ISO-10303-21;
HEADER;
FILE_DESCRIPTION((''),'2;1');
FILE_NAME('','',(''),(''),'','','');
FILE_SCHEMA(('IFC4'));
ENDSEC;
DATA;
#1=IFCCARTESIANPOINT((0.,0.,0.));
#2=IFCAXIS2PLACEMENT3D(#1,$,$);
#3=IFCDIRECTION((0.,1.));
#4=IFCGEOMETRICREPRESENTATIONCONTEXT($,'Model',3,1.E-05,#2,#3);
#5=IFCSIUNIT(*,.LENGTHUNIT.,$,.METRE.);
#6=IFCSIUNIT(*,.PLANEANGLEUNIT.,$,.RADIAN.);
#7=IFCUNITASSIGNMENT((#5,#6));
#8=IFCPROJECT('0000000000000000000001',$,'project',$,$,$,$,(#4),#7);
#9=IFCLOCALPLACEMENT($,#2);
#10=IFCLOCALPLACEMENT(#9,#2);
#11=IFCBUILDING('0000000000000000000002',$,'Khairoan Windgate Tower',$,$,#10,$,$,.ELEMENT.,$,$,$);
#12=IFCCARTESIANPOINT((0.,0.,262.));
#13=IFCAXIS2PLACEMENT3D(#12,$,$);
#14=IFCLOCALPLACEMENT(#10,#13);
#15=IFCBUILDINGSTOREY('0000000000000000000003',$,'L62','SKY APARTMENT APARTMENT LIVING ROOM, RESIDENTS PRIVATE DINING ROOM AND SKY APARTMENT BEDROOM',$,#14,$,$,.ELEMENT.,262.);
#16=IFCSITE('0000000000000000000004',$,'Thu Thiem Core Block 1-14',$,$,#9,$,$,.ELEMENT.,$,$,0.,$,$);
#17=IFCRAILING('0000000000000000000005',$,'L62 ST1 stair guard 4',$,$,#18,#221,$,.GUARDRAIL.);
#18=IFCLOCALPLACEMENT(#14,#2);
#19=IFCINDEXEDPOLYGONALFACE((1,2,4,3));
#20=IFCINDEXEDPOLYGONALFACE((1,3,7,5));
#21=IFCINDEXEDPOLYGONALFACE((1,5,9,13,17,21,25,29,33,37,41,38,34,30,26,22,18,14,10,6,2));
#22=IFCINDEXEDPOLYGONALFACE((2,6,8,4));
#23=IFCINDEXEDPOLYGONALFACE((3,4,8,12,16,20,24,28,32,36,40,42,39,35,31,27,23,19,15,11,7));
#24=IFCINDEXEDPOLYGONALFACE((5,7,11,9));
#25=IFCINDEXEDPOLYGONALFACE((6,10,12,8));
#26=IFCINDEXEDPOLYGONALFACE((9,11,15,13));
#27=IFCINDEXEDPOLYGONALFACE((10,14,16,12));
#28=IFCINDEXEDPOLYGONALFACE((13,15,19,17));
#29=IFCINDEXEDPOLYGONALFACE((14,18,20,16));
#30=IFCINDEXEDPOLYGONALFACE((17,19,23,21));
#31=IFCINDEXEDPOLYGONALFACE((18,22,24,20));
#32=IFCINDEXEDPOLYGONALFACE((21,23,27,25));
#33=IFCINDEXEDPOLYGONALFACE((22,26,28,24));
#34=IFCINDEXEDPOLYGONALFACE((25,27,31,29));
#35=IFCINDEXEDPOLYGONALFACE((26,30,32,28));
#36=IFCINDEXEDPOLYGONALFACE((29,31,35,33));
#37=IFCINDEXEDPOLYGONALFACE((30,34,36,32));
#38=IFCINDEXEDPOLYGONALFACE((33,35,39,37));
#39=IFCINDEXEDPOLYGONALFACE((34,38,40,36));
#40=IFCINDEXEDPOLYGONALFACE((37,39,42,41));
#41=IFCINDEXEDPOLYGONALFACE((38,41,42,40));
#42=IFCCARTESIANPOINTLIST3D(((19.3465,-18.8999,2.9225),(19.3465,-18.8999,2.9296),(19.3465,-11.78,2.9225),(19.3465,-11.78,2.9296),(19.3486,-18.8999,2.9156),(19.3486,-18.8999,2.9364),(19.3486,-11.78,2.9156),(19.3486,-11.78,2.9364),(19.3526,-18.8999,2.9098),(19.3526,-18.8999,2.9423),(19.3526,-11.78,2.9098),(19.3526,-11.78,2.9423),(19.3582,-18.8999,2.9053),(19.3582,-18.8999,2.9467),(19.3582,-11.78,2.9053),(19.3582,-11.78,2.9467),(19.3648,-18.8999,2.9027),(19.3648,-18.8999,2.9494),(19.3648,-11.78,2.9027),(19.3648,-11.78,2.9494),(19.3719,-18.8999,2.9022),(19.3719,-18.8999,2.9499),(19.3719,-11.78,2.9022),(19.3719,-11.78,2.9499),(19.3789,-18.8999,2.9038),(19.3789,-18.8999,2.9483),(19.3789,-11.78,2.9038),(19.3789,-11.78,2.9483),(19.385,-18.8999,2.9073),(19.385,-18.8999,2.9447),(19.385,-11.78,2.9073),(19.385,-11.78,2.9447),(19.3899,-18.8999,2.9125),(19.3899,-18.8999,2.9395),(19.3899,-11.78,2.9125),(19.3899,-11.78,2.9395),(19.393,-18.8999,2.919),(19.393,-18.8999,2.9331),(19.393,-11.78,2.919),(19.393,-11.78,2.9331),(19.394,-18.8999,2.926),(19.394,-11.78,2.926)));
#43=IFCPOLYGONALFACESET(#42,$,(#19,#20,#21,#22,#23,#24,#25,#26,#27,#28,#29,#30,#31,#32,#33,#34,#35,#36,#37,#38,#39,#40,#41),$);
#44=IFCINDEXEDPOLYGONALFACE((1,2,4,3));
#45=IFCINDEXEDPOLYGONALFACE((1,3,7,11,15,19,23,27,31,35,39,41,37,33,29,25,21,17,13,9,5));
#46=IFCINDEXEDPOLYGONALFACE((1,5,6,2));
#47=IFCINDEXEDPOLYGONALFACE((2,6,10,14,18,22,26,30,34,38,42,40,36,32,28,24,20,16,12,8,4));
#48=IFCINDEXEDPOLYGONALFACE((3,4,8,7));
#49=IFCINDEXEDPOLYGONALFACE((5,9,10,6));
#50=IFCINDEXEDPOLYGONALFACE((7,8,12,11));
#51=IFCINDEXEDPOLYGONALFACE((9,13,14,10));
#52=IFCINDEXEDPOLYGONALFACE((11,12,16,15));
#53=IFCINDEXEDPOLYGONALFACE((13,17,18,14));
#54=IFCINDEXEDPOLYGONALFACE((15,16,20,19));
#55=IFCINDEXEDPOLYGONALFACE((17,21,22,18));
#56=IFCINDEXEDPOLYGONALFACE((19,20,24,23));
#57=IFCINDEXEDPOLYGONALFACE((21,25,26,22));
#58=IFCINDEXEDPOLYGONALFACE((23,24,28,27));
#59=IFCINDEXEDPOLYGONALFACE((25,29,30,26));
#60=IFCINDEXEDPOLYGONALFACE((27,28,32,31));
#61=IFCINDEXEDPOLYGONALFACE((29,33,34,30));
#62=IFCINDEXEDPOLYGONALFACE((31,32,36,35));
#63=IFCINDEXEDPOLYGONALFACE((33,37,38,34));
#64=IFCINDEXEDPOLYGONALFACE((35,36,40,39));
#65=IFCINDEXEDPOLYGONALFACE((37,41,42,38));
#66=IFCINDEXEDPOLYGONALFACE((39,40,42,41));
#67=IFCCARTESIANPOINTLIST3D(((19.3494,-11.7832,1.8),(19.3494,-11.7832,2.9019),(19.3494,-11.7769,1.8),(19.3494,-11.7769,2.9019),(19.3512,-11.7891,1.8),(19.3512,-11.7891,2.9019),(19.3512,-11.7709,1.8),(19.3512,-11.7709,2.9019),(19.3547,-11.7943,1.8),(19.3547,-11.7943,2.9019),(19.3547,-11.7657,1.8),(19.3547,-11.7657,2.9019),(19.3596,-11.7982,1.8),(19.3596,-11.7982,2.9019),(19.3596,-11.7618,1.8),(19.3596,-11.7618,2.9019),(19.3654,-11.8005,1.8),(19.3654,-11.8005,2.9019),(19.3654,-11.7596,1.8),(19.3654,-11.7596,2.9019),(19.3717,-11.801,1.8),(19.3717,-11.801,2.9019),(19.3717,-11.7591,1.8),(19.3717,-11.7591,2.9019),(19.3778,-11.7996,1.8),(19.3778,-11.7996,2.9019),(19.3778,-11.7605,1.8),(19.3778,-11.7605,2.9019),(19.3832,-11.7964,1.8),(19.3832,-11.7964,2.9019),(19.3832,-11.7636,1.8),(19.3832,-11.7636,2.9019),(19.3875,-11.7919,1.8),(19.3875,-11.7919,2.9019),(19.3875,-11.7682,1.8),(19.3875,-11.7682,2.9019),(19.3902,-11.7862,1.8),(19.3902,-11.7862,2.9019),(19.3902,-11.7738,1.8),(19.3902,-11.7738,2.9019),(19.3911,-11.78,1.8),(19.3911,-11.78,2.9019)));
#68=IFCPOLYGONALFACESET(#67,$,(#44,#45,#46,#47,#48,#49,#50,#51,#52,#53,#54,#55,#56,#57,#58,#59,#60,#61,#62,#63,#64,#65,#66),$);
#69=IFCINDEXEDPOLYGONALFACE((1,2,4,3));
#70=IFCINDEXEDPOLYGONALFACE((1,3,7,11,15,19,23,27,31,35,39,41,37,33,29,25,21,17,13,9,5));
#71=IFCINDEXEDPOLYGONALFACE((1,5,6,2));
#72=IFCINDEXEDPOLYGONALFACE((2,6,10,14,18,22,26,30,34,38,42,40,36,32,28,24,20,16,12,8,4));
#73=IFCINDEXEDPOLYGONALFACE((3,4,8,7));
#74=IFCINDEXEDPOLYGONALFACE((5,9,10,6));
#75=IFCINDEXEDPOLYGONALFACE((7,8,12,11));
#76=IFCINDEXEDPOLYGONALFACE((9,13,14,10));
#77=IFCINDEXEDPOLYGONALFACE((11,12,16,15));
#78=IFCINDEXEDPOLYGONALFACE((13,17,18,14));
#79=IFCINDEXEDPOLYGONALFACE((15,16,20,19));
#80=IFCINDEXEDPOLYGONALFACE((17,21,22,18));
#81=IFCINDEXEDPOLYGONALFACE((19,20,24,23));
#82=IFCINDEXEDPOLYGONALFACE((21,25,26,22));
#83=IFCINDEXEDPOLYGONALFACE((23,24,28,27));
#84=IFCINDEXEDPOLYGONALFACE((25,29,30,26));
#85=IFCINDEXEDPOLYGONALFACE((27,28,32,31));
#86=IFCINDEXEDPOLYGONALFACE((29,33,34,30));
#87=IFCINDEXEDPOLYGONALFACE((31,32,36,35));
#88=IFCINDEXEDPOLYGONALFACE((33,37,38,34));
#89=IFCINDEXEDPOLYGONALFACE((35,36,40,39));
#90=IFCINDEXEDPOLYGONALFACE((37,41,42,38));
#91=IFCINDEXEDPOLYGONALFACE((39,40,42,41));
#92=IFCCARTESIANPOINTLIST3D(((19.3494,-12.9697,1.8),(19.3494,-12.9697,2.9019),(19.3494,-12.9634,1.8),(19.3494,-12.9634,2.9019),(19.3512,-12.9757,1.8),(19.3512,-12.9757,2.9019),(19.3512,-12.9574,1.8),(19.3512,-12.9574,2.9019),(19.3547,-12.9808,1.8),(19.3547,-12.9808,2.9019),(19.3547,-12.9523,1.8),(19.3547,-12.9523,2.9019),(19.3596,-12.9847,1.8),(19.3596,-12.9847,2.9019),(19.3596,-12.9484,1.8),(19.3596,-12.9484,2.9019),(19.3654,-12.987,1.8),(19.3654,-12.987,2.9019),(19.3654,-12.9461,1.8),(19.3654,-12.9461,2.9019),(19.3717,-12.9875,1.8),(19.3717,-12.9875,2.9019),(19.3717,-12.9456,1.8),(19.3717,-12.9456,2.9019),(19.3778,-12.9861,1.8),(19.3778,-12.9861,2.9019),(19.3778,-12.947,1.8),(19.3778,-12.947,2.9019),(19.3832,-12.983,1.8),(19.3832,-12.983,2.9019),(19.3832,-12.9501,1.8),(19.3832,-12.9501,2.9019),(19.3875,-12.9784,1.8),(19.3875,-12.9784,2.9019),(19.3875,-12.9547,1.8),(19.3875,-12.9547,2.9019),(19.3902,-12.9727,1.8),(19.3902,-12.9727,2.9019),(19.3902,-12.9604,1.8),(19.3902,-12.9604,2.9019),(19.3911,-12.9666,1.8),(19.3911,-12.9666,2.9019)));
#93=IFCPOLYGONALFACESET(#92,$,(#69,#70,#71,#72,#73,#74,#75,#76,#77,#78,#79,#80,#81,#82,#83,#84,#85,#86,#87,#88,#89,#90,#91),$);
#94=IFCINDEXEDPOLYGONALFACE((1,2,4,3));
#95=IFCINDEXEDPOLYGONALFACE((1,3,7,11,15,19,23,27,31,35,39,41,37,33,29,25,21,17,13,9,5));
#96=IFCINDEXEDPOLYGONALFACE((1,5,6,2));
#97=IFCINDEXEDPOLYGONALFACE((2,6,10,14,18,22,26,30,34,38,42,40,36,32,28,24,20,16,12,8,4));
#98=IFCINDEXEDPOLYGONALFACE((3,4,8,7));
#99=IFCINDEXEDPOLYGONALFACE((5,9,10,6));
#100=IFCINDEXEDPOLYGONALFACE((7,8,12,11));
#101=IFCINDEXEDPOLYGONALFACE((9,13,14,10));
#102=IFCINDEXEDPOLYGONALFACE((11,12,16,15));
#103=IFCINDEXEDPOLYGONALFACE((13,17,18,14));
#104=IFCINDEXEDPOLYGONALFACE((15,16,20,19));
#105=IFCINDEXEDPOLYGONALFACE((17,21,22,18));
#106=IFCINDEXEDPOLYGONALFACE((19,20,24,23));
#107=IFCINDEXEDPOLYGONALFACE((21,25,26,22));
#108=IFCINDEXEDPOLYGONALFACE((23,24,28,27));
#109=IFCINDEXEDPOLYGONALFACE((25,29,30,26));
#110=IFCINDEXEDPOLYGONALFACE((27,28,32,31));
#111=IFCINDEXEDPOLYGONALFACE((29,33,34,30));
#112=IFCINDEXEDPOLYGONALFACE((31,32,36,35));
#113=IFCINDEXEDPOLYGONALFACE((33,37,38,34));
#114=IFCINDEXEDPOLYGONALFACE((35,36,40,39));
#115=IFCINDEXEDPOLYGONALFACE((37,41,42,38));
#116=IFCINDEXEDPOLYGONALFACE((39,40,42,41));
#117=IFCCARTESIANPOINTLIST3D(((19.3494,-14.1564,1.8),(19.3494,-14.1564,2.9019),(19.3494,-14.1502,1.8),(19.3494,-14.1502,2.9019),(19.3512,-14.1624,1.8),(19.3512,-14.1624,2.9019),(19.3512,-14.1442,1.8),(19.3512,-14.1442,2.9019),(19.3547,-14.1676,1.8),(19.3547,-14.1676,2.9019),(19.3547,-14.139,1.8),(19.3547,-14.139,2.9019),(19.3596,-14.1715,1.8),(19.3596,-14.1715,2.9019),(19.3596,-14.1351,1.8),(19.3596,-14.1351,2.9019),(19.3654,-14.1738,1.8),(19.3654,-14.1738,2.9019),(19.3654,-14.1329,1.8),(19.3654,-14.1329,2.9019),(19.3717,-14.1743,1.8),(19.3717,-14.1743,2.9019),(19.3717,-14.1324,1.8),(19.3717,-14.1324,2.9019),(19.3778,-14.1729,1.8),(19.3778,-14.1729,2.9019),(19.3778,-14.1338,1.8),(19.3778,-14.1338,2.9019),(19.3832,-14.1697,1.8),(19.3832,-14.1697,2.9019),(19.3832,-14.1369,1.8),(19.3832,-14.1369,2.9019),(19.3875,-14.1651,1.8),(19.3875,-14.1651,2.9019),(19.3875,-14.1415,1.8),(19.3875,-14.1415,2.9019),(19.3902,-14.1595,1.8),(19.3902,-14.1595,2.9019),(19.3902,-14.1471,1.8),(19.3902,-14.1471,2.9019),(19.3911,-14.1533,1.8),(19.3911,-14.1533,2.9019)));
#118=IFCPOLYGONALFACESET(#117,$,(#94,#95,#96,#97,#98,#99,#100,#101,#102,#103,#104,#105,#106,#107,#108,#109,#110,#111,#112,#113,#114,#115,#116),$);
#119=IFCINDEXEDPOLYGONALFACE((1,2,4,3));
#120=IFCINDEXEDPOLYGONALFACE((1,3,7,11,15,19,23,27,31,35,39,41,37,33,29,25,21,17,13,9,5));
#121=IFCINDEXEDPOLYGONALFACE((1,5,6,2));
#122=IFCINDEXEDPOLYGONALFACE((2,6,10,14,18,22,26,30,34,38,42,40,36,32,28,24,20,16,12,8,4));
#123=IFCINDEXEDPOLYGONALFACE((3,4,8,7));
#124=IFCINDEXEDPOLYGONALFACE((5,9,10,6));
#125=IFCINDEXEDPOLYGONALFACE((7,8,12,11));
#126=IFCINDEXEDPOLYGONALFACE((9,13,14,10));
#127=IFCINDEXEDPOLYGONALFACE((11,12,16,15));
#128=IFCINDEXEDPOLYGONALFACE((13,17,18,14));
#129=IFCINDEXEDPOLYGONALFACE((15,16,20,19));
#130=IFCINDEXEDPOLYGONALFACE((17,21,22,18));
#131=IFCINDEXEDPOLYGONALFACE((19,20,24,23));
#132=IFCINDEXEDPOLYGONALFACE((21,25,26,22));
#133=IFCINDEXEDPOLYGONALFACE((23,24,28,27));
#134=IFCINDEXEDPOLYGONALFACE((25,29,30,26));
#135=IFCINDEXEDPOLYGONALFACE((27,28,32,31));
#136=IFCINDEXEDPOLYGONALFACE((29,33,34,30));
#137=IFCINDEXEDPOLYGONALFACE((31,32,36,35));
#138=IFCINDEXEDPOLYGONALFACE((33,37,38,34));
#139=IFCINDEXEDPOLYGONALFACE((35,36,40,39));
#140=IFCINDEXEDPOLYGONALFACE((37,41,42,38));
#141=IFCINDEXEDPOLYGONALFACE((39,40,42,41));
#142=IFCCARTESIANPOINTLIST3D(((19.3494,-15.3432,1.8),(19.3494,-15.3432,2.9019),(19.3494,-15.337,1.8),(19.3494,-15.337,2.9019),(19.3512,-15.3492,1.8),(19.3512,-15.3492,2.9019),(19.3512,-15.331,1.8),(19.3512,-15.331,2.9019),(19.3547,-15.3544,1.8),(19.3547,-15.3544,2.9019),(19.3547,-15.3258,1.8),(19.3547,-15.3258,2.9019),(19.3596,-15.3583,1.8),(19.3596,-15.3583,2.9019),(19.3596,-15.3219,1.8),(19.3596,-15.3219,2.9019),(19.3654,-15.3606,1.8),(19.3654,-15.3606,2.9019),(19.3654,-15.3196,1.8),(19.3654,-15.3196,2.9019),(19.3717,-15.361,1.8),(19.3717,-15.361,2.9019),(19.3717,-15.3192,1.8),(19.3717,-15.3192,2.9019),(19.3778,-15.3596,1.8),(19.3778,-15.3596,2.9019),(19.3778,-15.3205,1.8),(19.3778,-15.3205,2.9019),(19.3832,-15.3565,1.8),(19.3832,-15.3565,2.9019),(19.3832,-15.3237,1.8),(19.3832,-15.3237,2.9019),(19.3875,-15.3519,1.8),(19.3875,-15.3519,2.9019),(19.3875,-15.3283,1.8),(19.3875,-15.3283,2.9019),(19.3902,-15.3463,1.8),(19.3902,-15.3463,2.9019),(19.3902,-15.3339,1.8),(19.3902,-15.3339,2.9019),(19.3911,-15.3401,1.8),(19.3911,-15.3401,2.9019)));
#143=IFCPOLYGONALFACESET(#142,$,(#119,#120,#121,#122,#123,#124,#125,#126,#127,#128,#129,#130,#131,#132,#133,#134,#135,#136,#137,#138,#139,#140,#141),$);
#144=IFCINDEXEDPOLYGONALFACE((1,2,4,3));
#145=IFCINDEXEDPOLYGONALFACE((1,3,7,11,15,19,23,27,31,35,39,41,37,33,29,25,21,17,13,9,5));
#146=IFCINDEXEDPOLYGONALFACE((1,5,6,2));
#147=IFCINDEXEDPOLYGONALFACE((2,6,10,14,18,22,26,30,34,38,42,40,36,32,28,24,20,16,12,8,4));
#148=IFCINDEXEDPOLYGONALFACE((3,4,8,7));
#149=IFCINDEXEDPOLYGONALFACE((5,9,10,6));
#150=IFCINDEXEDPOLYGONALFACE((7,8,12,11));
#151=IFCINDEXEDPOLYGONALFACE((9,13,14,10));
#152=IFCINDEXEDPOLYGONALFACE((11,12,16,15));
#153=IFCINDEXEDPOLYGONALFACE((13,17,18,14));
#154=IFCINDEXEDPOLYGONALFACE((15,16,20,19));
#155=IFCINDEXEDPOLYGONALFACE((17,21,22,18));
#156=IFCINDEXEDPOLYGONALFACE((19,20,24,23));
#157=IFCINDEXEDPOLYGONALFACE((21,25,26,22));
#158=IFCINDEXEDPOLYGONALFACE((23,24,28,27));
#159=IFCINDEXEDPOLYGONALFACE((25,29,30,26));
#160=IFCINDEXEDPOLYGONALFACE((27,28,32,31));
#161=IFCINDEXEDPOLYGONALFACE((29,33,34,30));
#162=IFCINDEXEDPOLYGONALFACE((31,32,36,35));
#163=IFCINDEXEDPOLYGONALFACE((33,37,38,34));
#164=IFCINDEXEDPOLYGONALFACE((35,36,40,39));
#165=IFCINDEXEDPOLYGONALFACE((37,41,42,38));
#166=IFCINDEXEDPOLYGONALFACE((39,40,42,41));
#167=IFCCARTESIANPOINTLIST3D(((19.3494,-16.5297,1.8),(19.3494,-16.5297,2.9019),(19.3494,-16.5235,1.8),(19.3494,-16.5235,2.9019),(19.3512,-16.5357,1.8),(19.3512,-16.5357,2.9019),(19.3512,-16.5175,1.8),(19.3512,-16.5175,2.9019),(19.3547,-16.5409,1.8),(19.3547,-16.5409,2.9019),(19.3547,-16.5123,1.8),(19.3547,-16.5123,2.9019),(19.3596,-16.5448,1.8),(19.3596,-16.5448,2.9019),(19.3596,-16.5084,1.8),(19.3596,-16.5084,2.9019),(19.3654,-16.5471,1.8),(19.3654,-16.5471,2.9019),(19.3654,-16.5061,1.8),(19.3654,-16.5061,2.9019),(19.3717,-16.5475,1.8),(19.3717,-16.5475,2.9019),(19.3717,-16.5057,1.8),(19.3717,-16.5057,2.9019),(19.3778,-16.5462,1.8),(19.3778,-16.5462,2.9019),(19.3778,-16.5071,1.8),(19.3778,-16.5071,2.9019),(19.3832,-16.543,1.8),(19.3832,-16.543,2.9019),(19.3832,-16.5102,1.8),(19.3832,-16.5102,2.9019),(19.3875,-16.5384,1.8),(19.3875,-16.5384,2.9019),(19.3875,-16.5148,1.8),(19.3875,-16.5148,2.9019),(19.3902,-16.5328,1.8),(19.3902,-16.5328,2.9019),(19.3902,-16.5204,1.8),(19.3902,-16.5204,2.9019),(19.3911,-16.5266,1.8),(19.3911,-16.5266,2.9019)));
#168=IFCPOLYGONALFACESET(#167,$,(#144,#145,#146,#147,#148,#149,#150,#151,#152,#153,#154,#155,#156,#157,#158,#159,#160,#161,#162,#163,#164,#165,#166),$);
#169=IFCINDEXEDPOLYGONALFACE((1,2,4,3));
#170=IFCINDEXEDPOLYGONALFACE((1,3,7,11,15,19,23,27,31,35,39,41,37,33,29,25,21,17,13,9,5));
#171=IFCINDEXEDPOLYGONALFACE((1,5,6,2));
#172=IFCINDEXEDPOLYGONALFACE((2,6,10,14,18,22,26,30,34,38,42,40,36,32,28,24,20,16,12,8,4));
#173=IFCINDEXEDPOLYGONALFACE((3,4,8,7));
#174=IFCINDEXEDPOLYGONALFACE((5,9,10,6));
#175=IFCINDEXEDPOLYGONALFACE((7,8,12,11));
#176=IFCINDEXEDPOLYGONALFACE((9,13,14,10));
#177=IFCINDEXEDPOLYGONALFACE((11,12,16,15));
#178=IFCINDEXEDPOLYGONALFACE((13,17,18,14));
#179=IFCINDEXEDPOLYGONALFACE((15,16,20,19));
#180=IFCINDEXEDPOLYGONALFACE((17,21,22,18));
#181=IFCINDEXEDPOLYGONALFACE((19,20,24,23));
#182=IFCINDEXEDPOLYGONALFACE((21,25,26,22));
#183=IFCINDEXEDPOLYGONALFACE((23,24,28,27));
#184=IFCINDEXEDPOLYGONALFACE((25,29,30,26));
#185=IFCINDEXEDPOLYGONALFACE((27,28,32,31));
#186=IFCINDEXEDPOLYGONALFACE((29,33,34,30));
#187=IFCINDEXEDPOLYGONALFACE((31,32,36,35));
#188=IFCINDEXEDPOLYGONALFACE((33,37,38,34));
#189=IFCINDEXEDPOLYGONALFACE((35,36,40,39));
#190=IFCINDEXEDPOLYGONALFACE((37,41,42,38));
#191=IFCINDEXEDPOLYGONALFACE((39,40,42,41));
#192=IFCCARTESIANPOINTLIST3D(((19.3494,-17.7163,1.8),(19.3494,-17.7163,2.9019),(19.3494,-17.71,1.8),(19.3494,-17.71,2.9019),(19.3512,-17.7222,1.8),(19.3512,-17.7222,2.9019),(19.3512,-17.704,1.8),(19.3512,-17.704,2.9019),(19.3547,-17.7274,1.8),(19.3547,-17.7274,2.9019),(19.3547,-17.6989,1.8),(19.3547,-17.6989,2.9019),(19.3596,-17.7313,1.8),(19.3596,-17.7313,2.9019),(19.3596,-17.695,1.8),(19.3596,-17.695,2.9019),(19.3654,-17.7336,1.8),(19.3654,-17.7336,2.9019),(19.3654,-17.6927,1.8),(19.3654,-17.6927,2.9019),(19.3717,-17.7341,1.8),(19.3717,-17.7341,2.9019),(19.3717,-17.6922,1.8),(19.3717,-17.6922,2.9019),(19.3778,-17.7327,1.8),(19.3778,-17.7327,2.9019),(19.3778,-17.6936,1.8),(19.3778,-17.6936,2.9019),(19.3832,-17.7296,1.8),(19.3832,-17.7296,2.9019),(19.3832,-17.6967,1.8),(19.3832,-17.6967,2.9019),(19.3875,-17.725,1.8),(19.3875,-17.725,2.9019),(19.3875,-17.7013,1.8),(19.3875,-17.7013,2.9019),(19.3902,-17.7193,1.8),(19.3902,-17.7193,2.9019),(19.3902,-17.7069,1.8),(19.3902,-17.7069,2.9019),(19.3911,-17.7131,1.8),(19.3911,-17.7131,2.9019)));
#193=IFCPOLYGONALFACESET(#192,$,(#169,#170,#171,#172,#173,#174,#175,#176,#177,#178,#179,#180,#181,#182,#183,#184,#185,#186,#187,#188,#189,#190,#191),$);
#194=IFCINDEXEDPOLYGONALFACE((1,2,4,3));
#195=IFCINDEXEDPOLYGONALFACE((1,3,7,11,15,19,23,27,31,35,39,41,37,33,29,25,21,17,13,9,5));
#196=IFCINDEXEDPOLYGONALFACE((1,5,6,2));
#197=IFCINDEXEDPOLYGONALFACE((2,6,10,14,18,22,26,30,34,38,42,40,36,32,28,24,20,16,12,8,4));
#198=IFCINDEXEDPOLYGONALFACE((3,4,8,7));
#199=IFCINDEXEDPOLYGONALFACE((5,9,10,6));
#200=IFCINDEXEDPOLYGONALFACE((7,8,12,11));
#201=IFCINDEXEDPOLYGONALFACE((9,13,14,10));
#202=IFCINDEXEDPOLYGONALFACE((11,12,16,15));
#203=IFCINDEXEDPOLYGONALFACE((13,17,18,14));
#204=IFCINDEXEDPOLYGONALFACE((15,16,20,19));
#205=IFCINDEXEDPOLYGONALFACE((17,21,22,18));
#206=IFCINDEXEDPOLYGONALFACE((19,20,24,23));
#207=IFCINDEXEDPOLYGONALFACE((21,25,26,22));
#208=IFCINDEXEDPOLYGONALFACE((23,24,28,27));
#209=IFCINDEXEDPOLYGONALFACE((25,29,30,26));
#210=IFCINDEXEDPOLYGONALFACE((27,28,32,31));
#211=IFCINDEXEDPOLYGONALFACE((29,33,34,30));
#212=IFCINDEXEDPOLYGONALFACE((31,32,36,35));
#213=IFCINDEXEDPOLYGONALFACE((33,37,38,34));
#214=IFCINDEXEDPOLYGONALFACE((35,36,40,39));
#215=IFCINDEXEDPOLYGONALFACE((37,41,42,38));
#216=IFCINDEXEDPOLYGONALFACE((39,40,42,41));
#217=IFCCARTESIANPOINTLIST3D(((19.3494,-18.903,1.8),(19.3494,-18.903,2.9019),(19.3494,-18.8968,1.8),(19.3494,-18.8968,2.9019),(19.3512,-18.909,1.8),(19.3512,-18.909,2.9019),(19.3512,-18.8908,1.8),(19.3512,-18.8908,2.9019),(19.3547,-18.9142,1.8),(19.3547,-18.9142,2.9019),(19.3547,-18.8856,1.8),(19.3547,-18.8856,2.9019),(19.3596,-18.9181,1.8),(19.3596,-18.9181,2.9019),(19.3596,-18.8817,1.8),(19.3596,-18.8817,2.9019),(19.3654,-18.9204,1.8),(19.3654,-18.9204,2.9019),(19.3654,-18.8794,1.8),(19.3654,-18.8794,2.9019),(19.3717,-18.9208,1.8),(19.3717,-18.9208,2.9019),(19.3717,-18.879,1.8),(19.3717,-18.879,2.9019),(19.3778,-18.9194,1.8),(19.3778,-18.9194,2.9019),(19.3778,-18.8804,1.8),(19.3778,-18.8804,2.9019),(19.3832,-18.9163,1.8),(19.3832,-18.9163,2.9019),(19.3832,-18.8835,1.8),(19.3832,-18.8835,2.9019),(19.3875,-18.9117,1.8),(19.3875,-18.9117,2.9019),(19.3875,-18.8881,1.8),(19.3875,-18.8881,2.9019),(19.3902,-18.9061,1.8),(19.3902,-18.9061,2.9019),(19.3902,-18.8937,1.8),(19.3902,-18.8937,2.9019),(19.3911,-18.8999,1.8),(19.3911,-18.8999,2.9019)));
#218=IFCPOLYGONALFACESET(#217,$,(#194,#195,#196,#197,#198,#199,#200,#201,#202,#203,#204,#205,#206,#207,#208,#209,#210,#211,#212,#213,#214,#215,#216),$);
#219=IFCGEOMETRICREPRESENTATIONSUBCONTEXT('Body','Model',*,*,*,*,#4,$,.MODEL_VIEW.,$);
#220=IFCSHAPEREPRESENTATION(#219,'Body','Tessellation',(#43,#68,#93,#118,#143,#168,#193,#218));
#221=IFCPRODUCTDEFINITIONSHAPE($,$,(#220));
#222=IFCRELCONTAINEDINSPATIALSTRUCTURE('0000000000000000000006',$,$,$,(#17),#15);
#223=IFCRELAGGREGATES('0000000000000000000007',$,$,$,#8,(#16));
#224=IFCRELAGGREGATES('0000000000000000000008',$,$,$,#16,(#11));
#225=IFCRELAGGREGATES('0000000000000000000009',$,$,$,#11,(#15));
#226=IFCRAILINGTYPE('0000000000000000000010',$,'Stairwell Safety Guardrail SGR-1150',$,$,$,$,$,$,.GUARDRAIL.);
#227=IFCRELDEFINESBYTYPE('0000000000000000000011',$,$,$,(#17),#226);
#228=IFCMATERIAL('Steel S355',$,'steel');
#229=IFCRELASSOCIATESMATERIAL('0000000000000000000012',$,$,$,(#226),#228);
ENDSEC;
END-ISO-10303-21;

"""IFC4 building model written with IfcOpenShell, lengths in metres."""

from ifc_helpers import new_model, si_unit, direction, frame, origin, origin_2d, place, context, subcontext, project, spatial, circle, extrude, material, type_object, element, save


model = new_model("IFC4")

# Units and contexts
model_context = context("Model", 3, precision=1e-05, world=origin(), true_north=direction((0.0, 1.0)))
body_context = subcontext(model_context, "Body", "Model", "MODEL_VIEW")
ifc_project = project(units=[si_unit("LENGTHUNIT", "METRE"), si_unit("PLANEANGLEUNIT", "RADIAN")], contexts=[model_context])

# Site, building, storey
site_placement = place(None, origin())
site = spatial("IfcSite", under=ifc_project, at=site_placement, Name="Thu Thiem Core Block 1-14", CompositionType="ELEMENT", RefElevation=0.0)
building_placement = place(site_placement, origin())
building = spatial("IfcBuilding", under=site, at=building_placement, Name="Khairoan Windgate Tower", CompositionType="ELEMENT")
storey_placement = place(building_placement, frame((0.0, 0.0, 262.0)))
storey = spatial("IfcBuildingStorey", under=building, at=storey_placement, Name="L62", Description="SKY APARTMENT APARTMENT LIVING ROOM, RESIDENTS PRIVATE DINING ROOM AND SKY APARTMENT BEDROOM", CompositionType="ELEMENT", Elevation=262.0)

# Railing
ifc_material_1 = material(Name="Steel S355", Category="steel")
railing_type_1 = type_object("IfcRailingType", Name="Stairwell Safety Guardrail SGR-1150", PredefinedType="GUARDRAIL", material=ifc_material_1)
railing_1_placement = place(storey_placement, frame((19.3701, -11.78, 1.8)))
element("IfcRailing", 1, at=railing_1_placement, inside=storey, type_object=railing_type_1, Name="L62 ST1 stair guard 4", PredefinedType="GUARDRAIL", context=body_context, shape_type="SweptSolid", body=[
    extrude(circle(Radius=0.0239, at=origin_2d()), frame((0.0, 0.0, 1.126), z_axis=(0.0, -1.0, 0.0), x_axis=(1.0, 0.0, 0.0)), (0.0, 0.0, 1.0), 7.1199),
    extrude(circle(Radius=0.021, at=origin_2d()), origin(), (0.0, 0.0, 1.0), 1.1018),
    extrude(circle(Radius=0.021, at=origin_2d()), frame((0.0, -1.1865, 0.0)), (0.0, 0.0, 1.0), 1.1018),
    extrude(circle(Radius=0.021, at=origin_2d()), frame((0.0, -2.3733, 0.0)), (0.0, 0.0, 1.0), 1.1018),
    extrude(circle(Radius=0.021, at=origin_2d()), frame((0.0, -3.5601, 0.0)), (0.0, 0.0, 1.0), 1.1018),
    extrude(circle(Radius=0.021, at=origin_2d()), frame((0.0, -4.7466, 0.0)), (0.0, 0.0, 1.0), 1.1018),
    extrude(circle(Radius=0.021, at=origin_2d()), frame((0.0, -5.9331, 0.0)), (0.0, 0.0, 1.0), 1.1018),
    extrude(circle(Radius=0.021, at=origin_2d()), frame((0.0, -7.1199, 0.0)), (0.0, 0.0, 1.0), 1.1018),
])

save(model, "model.ifc")
